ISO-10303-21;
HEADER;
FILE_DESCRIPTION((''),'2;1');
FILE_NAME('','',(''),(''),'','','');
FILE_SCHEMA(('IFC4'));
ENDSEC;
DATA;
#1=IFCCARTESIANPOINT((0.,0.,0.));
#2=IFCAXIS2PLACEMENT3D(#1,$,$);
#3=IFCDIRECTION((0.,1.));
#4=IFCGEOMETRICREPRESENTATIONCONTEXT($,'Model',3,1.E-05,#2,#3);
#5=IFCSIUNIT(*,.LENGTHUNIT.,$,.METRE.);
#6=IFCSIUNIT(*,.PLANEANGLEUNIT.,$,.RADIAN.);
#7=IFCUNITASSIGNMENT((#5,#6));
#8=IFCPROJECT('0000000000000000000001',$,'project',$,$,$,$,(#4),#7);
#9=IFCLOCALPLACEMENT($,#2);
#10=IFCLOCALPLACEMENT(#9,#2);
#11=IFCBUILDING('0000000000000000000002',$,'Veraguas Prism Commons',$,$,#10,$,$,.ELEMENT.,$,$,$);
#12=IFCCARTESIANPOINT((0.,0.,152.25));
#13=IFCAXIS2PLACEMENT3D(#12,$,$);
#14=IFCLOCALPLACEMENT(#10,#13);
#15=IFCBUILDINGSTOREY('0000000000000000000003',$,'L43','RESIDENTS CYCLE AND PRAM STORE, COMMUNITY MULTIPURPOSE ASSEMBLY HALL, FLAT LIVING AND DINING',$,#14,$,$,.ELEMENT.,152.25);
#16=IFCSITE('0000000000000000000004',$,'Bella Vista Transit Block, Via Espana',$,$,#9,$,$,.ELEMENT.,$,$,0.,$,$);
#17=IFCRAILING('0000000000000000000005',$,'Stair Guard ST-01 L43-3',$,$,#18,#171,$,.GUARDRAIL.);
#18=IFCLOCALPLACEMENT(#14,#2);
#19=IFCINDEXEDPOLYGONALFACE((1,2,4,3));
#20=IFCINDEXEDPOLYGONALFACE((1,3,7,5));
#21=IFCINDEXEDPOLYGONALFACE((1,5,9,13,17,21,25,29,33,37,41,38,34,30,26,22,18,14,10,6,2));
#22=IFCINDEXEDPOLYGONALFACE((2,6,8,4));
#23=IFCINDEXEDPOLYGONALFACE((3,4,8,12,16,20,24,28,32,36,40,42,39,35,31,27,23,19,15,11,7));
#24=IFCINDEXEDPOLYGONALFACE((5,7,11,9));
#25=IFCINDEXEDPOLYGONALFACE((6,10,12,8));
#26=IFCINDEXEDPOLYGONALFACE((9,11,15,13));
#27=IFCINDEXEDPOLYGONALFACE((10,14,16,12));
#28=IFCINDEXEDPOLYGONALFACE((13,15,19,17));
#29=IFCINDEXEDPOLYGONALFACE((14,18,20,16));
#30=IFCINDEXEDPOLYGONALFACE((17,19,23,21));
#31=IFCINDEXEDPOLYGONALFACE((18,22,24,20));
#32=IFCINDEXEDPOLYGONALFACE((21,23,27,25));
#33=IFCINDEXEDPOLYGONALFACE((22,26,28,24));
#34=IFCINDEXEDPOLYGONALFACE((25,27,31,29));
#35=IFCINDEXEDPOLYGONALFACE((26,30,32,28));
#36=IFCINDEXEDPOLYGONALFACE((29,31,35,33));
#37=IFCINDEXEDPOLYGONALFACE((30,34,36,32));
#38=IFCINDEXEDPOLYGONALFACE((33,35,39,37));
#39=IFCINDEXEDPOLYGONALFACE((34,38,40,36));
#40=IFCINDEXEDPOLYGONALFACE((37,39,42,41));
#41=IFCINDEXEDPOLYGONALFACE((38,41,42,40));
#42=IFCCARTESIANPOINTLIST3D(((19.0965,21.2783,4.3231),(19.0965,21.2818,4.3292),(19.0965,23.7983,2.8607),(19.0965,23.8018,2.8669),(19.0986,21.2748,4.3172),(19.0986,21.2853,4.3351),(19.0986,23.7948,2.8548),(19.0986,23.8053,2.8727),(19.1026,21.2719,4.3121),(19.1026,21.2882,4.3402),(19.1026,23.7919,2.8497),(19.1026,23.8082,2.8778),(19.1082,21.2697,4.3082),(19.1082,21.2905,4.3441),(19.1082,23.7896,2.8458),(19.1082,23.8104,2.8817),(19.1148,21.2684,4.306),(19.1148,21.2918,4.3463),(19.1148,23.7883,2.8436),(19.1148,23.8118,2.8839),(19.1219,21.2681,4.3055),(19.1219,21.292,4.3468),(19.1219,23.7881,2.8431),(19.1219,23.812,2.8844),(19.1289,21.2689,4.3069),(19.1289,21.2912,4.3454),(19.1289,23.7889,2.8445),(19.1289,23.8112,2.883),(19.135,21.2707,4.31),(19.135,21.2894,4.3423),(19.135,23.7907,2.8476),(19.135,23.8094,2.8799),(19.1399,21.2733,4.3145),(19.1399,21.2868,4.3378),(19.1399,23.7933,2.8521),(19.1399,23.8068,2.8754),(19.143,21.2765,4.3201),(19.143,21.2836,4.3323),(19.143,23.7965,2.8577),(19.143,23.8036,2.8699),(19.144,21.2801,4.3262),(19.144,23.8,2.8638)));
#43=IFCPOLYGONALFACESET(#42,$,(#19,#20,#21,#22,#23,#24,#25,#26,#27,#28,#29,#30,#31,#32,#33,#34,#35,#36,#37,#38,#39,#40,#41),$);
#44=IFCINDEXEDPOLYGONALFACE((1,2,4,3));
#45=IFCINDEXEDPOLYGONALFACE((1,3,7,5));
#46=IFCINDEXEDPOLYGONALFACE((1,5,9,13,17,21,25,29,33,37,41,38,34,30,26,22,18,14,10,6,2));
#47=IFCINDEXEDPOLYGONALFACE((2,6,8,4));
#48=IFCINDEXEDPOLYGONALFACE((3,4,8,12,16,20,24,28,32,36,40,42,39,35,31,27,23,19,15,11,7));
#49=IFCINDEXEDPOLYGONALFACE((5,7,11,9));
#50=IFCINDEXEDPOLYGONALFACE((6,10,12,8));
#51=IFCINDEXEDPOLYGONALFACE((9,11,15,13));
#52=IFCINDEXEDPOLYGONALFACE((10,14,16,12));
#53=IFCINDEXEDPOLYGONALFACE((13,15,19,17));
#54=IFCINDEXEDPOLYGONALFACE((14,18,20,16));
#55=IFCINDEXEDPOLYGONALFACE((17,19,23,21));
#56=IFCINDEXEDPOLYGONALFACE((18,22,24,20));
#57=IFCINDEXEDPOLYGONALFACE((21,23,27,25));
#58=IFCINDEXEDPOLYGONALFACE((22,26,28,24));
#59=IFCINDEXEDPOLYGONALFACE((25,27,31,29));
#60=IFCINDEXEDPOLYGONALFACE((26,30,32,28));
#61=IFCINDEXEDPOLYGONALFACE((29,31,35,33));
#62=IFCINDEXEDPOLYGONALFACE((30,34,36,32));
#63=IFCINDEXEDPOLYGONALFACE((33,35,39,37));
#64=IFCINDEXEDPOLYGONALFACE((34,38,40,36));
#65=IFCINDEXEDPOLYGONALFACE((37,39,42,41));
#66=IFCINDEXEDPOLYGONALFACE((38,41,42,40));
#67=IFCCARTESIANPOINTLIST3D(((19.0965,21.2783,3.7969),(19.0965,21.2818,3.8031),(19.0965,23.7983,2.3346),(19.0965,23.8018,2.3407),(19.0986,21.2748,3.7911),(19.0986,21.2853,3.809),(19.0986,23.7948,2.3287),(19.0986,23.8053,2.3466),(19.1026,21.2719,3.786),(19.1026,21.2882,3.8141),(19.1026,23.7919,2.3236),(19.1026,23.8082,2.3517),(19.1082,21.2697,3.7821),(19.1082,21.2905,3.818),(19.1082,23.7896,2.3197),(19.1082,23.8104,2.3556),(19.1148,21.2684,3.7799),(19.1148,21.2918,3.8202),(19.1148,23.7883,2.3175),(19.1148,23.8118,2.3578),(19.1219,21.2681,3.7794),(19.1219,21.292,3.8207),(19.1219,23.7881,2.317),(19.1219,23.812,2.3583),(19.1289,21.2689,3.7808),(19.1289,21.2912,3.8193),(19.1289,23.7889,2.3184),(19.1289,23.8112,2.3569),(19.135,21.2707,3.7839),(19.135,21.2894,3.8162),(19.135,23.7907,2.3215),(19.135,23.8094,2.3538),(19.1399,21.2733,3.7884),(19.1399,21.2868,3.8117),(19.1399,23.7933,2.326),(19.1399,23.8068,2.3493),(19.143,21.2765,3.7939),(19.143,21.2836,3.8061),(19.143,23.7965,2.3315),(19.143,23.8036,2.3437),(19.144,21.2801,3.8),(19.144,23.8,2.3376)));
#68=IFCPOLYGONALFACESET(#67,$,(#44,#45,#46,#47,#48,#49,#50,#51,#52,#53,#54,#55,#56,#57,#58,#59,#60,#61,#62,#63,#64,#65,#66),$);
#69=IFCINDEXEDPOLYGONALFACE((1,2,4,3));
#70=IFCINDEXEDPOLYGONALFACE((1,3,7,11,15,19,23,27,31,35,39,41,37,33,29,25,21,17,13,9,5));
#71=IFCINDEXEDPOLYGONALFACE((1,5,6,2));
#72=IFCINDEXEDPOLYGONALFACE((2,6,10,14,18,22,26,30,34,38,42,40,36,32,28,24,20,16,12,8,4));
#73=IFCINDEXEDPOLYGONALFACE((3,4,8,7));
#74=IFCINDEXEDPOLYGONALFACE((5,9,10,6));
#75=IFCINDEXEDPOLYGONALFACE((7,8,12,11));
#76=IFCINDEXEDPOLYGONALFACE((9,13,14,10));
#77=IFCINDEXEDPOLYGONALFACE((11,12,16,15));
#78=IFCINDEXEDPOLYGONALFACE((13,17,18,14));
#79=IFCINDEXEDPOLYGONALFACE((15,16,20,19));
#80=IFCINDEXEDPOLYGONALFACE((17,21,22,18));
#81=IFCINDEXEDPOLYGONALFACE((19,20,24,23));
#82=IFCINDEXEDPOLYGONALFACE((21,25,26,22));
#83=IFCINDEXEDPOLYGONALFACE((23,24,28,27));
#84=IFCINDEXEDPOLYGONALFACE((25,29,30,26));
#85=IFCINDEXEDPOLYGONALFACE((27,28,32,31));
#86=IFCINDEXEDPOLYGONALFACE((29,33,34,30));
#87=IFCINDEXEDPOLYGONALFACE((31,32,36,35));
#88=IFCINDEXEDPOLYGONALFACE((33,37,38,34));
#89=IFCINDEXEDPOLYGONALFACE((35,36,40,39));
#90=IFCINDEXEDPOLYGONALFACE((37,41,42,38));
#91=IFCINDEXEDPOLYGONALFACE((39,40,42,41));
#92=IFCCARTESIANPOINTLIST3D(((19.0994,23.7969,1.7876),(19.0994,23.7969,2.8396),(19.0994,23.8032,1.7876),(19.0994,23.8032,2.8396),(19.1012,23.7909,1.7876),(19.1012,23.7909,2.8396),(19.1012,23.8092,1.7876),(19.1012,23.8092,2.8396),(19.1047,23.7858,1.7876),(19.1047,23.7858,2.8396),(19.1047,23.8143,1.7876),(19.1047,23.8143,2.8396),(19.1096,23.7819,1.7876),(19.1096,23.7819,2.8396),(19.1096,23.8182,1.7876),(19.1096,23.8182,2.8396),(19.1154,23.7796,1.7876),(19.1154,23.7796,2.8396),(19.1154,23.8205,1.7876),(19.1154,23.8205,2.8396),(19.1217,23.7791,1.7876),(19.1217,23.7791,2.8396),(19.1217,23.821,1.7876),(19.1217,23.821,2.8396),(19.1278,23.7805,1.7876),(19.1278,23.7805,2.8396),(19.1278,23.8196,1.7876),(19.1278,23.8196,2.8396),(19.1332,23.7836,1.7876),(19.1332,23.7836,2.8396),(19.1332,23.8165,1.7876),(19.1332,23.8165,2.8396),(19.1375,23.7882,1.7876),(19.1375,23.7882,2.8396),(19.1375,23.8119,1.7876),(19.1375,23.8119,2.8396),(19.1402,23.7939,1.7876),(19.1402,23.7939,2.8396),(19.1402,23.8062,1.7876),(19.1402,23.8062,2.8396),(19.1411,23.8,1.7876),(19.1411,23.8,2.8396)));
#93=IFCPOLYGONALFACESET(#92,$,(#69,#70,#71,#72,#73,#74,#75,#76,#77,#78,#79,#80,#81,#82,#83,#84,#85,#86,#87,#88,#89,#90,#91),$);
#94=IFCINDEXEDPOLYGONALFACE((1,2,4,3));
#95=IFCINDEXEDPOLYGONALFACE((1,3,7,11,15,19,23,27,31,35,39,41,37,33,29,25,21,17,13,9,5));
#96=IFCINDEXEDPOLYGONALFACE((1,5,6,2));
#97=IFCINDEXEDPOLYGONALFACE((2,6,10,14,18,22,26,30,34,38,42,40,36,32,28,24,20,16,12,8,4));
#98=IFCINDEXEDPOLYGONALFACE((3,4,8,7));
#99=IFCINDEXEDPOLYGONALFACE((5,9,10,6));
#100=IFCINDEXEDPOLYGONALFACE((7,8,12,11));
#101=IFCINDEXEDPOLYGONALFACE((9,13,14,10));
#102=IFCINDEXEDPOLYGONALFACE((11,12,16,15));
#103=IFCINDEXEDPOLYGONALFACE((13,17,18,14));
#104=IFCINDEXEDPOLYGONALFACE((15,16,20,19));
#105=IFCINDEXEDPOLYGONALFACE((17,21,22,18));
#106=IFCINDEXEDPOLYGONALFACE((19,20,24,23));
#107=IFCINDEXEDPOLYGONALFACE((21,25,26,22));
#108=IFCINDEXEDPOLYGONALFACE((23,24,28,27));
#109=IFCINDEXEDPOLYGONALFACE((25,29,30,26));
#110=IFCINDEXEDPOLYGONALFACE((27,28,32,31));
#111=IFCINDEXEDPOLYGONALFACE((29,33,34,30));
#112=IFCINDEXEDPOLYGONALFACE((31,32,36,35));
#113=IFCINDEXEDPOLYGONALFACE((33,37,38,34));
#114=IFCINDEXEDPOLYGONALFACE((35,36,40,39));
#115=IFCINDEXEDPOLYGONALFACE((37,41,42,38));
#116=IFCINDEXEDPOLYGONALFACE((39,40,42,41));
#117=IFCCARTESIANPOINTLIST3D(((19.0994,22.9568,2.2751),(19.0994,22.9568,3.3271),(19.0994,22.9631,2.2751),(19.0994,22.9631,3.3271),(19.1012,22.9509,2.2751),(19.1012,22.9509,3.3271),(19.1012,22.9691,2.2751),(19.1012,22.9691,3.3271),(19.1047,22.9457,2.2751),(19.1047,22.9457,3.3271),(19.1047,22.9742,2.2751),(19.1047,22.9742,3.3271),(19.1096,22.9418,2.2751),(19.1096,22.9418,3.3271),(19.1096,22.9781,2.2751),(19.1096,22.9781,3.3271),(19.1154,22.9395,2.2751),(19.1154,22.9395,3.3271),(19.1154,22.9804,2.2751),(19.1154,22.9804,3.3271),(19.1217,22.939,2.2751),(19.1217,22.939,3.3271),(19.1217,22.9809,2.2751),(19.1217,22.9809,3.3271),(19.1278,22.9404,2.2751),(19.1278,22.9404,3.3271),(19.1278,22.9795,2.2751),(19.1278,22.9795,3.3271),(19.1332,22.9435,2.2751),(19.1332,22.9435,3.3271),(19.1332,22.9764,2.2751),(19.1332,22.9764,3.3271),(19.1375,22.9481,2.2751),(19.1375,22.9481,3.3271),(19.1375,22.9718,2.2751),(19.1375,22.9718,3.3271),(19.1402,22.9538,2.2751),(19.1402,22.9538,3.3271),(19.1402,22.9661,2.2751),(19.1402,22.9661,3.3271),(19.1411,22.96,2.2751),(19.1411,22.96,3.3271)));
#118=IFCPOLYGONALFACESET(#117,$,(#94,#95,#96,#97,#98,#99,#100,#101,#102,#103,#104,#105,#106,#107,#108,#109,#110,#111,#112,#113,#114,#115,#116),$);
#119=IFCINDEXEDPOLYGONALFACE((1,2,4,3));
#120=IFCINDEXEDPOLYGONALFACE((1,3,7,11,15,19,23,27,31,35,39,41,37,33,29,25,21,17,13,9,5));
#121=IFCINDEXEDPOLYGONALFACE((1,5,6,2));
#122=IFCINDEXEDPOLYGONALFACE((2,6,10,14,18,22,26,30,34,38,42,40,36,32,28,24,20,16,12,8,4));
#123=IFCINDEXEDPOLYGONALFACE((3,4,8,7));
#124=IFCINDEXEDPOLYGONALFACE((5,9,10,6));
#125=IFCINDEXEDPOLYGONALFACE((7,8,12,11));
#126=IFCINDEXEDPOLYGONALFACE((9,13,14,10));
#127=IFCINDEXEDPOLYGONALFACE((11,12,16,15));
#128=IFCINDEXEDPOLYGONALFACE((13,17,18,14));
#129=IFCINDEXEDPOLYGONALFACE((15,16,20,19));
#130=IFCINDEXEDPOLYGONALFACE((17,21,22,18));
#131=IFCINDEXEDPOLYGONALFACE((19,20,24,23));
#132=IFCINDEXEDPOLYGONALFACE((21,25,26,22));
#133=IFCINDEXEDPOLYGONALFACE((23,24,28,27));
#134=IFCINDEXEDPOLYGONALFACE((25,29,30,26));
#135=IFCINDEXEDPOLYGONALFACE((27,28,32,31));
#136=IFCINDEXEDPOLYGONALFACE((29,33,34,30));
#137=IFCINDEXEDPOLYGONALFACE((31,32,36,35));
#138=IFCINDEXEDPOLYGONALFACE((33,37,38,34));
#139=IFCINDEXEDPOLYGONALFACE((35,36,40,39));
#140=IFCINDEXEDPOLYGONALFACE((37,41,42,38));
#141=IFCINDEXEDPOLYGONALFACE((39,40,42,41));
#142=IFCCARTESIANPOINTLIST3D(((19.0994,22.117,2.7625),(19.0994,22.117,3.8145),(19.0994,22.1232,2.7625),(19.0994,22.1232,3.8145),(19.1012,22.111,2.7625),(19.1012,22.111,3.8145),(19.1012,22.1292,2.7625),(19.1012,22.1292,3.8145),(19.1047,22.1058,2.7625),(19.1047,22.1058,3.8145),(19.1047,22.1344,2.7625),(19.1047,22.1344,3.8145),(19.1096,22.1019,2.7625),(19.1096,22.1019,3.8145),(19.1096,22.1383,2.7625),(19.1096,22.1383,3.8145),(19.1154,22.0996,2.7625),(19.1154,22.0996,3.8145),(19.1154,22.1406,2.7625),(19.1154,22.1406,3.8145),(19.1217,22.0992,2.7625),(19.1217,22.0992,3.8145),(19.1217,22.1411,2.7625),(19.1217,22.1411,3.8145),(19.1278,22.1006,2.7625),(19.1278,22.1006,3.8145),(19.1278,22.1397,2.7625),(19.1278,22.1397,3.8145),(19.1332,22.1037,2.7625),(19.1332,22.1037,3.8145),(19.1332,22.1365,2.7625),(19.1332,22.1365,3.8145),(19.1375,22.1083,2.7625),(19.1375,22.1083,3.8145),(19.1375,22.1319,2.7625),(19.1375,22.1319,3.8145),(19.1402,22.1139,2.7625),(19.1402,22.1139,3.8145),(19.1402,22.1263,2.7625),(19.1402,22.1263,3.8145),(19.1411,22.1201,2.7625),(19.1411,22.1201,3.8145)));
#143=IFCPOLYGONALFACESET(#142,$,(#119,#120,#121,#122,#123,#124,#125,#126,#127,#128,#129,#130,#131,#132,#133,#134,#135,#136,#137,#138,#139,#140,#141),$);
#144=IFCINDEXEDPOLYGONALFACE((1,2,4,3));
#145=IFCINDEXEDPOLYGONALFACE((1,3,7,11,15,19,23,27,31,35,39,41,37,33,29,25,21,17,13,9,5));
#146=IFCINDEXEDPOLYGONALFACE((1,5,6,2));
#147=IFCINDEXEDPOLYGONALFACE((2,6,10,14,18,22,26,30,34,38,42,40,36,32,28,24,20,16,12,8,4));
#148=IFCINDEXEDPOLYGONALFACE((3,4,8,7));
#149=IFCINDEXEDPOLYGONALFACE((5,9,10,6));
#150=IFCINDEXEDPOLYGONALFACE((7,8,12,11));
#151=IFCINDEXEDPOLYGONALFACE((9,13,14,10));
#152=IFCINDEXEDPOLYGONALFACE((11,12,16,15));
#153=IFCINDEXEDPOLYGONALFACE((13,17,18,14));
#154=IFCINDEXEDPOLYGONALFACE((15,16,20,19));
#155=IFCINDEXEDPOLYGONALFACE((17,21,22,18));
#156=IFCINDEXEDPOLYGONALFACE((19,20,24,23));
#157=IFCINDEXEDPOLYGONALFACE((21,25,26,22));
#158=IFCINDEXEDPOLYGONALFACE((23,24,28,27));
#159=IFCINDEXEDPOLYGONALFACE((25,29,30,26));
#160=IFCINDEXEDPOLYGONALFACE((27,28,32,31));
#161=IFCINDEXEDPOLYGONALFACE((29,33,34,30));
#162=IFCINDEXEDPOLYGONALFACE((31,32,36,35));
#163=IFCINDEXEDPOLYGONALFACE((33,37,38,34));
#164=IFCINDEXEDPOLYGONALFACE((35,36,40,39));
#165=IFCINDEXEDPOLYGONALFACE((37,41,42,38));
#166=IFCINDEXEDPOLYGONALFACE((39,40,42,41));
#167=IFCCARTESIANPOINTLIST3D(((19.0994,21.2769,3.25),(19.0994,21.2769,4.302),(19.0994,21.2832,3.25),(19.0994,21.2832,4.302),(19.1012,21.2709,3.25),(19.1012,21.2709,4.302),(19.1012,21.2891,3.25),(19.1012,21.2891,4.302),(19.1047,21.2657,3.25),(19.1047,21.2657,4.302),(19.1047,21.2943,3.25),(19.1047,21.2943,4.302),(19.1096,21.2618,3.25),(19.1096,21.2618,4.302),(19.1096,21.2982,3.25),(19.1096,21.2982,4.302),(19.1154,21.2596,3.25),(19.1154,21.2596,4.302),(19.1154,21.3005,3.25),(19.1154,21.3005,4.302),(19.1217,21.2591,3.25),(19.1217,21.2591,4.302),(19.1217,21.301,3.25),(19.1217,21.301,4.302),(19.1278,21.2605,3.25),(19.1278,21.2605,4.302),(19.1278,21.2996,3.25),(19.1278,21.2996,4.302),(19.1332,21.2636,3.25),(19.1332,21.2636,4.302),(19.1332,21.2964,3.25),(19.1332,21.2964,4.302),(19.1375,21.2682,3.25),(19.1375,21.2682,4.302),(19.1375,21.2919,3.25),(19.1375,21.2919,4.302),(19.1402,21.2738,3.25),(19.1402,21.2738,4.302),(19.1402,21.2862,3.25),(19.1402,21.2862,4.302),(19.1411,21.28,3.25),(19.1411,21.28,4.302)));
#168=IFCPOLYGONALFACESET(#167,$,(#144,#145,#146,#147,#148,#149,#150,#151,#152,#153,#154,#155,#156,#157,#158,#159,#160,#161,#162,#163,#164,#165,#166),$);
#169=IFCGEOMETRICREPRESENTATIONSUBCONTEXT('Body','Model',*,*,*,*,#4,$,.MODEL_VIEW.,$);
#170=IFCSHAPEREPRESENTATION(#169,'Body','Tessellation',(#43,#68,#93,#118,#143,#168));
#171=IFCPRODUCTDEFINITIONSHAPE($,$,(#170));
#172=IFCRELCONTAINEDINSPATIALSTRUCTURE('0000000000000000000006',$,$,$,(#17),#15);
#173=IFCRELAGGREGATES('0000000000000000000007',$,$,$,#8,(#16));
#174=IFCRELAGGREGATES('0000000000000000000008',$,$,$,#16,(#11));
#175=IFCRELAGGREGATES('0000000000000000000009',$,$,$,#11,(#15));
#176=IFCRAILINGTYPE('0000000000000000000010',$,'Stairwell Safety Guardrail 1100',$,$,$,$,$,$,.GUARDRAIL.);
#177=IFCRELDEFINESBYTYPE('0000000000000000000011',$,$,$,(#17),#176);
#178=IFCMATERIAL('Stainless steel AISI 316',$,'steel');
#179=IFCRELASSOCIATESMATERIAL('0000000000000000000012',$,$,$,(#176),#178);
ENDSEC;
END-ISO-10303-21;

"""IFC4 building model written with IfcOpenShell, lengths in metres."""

from ifc_helpers import new_model, si_unit, direction, frame, origin, origin_2d, place, context, subcontext, project, spatial, circle, extrude, material, type_object, element, save


model = new_model("IFC4")

# Units and contexts
model_context = context("Model", 3, precision=1e-05, world=origin(), true_north=direction((0.0, 1.0)))
body_context = subcontext(model_context, "Body", "Model", "MODEL_VIEW")
ifc_project = project(units=[si_unit("LENGTHUNIT", "METRE"), si_unit("PLANEANGLEUNIT", "RADIAN")], contexts=[model_context])

# Site, building, storey
site_placement = place(None, origin())
site = spatial("IfcSite", under=ifc_project, at=site_placement, Name="Bella Vista Transit Block, Via Espana", CompositionType="ELEMENT", RefElevation=0.0)
building_placement = place(site_placement, origin())
building = spatial("IfcBuilding", under=site, at=building_placement, Name="Veraguas Prism Commons", CompositionType="ELEMENT")
storey_placement = place(building_placement, frame((0.0, 0.0, 152.25)))
storey = spatial("IfcBuildingStorey", under=building, at=storey_placement, Name="L43", Description="RESIDENTS CYCLE AND PRAM STORE, COMMUNITY MULTIPURPOSE ASSEMBLY HALL, FLAT LIVING AND DINING", CompositionType="ELEMENT", Elevation=152.25)

# Railing
ifc_material_1 = material(Name="Stainless steel AISI 316", Category="steel")
railing_type_1 = type_object("IfcRailingType", Name="Stairwell Safety Guardrail 1100", PredefinedType="GUARDRAIL", material=ifc_material_1)
railing_1_placement = place(storey_placement, frame((19.1201, 23.8, 1.7876)))
element("IfcRailing", 1, at=railing_1_placement, inside=storey, type_object=railing_type_1, Name="Stair Guard ST-01 L43-3", PredefinedType="GUARDRAIL", context=body_context, shape_type="SweptSolid", body=[
    extrude(circle(Radius=0.0239, at=origin_2d()), frame((0.0, 0.0, 1.0762), z_axis=(0.0, -0.864913, 0.501921), x_axis=(1.0, 0.0, 0.0)), (0.0, 0.0, 1.0), 2.9136),
    extrude(circle(Radius=0.0239, at=origin_2d()), frame((0.0, 0.0, 0.55), z_axis=(0.0, -0.864913, 0.501921), x_axis=(1.0, 0.0, 0.0)), (0.0, 0.0, 1.0), 2.9136),
    extrude(circle(Radius=0.021, at=origin_2d()), origin(), (0.0, 0.0, 1.0), 1.052),
    extrude(circle(Radius=0.021, at=origin_2d()), frame((0.0, -0.8401, 0.4875)), (0.0, 0.0, 1.0), 1.052),
    extrude(circle(Radius=0.021, at=origin_2d()), frame((0.0, -1.6799, 0.9749)), (0.0, 0.0, 1.0), 1.052),
    extrude(circle(Radius=0.021, at=origin_2d()), frame((0.0, -2.52, 1.4624)), (0.0, 0.0, 1.0), 1.052),
])

save(model, "model.ifc")
